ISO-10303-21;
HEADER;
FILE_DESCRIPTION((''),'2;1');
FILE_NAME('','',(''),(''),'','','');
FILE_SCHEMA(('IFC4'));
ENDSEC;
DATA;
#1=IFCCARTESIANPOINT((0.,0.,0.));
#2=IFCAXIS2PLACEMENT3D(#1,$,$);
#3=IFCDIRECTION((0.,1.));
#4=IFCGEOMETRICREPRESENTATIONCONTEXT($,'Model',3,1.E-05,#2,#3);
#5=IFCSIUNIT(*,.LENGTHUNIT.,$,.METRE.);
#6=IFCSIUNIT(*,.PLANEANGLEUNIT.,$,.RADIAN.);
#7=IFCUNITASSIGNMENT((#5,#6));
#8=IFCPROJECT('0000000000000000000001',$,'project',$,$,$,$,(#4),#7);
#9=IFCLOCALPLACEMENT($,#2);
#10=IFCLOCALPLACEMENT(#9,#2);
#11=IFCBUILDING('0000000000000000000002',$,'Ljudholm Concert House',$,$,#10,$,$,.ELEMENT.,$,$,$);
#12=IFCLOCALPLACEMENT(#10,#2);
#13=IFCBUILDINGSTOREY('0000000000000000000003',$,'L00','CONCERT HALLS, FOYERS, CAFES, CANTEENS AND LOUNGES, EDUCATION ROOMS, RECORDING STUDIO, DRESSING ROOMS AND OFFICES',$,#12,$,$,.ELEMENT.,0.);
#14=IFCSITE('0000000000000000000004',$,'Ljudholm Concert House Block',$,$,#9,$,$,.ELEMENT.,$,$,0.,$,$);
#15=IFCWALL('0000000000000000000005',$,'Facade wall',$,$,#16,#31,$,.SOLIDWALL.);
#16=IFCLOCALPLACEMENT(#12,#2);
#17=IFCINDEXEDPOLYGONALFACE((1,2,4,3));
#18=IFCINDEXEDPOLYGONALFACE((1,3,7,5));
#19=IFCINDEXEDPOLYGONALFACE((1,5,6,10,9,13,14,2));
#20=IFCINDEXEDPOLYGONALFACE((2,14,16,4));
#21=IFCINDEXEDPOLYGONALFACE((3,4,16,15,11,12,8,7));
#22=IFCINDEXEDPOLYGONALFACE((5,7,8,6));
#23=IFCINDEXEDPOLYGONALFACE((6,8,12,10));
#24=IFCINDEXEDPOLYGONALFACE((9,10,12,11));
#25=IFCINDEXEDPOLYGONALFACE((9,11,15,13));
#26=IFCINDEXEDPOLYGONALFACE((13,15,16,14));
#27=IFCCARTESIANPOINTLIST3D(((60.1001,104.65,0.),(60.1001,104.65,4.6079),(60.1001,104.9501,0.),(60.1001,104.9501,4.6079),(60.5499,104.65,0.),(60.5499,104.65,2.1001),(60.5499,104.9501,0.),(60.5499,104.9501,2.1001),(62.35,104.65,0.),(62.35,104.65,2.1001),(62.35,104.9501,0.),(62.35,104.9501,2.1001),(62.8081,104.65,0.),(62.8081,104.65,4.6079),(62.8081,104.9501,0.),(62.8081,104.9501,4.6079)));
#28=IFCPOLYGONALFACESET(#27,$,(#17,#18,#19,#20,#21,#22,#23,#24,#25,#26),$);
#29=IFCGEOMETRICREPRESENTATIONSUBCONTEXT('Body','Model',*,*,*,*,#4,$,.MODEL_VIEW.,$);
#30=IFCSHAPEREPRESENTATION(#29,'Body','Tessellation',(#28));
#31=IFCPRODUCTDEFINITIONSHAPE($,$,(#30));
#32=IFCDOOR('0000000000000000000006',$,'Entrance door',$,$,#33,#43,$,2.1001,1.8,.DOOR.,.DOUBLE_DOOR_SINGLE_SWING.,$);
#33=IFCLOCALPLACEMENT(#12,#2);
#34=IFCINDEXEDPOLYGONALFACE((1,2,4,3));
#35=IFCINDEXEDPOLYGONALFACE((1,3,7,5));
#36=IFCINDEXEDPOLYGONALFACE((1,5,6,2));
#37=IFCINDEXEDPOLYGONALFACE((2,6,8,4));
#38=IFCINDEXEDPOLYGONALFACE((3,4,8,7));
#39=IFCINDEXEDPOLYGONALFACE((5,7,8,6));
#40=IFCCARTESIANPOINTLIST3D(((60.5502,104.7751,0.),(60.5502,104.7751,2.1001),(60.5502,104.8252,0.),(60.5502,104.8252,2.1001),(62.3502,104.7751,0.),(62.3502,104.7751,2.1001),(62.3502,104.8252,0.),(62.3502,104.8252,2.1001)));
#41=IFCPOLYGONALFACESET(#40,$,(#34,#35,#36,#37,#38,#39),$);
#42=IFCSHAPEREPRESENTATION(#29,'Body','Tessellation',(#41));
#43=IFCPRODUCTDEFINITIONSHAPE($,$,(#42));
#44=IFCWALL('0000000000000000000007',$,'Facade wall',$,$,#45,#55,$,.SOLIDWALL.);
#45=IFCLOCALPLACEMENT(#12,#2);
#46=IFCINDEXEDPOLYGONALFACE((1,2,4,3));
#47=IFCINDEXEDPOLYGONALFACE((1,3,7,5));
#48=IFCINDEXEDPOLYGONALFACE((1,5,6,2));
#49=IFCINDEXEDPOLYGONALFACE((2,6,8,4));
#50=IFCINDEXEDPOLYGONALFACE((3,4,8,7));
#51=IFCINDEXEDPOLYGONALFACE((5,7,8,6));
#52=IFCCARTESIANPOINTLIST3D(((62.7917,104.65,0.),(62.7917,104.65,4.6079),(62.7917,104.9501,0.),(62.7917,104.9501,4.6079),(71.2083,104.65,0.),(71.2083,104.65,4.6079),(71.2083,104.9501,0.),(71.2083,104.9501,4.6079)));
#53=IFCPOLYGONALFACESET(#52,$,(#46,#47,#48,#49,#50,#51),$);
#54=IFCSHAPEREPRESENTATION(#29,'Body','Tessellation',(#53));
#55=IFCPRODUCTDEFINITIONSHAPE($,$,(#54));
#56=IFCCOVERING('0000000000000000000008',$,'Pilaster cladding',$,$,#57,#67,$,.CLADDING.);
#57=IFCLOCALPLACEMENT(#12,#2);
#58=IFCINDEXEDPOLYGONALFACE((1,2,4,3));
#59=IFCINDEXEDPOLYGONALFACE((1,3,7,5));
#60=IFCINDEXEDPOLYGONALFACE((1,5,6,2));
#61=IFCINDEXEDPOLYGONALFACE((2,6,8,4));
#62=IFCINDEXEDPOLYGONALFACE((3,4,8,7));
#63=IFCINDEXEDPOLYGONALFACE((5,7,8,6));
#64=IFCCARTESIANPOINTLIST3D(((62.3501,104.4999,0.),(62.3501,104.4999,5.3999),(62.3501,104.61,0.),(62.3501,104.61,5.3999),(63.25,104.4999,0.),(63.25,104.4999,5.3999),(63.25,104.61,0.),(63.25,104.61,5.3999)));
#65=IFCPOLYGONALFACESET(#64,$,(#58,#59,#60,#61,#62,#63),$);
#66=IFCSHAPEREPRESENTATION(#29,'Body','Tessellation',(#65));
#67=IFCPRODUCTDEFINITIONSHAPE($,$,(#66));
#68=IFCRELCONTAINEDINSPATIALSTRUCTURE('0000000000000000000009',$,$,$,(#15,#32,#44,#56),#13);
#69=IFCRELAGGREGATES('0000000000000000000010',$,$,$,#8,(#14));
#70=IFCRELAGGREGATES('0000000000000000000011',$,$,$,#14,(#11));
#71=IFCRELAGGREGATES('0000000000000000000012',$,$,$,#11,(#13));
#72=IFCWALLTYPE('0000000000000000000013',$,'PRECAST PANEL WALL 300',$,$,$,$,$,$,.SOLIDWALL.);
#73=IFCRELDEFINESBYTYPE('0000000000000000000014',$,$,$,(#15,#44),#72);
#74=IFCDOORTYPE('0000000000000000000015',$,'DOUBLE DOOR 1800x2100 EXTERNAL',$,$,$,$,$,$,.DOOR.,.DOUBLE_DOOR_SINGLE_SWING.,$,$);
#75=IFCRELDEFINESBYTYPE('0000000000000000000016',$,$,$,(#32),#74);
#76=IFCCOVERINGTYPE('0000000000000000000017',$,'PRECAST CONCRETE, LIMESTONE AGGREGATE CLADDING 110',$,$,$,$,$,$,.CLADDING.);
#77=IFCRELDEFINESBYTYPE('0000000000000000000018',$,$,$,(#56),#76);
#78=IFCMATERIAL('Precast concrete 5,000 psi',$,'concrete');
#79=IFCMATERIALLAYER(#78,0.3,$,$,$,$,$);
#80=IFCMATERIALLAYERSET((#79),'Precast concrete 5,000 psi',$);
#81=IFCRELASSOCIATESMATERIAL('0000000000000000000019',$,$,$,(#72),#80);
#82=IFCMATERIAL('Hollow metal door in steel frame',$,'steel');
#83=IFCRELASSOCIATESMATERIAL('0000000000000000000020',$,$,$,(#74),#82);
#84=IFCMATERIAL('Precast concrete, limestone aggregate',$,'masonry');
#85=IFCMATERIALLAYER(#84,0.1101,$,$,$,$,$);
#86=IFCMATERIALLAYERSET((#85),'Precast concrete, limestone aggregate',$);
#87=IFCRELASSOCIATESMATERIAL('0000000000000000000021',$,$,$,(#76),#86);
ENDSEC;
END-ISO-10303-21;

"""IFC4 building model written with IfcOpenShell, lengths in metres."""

from ifc_helpers import new_model, si_unit, direction, frame, frame_2d, origin, origin_2d, place, context, subcontext, project, spatial, rectangle, extrude, material, layer, layer_set, type_object, element, fill, save


model = new_model("IFC4")

# Units and contexts
model_context = context("Model", 3, precision=1e-05, world=origin(), true_north=direction((0.0, 1.0)))
body_context = subcontext(model_context, "Body", "Model", "MODEL_VIEW")
ifc_project = project(units=[si_unit("LENGTHUNIT", "METRE"), si_unit("PLANEANGLEUNIT", "RADIAN")], contexts=[model_context])

# Site, building, storey
site_placement = place(None, origin())
site = spatial("IfcSite", under=ifc_project, at=site_placement, Name="Ljudholm Concert House Block", CompositionType="ELEMENT", RefElevation=0.0)
building_placement = place(site_placement, origin())
building = spatial("IfcBuilding", under=site, at=building_placement, Name="Ljudholm Concert House", CompositionType="ELEMENT")
storey_placement = place(building_placement, origin())
storey = spatial("IfcBuildingStorey", under=building, at=storey_placement, Name="L00", Description="CONCERT HALLS, FOYERS, CAFES, CANTEENS AND LOUNGES, EDUCATION ROOMS, RECORDING STUDIO, DRESSING ROOMS AND OFFICES", CompositionType="ELEMENT", Elevation=0.0)

# Wall, opening, door
ifc_material_1 = material(Name="Precast concrete 5,000 psi", Category="concrete")
ifc_layer_1 = layer(ifc_material_1, 0.3)
ifc_layer_set_1 = layer_set([ifc_layer_1], Name="Precast concrete 5,000 psi")
wall_type_1 = type_object("IfcWallType", Name="PRECAST PANEL WALL 300", PredefinedType="SOLIDWALL", material=ifc_layer_set_1)
wall_1_placement = place(storey_placement, frame((60.1001, 104.8, 0.0), z_axis=(0.0, 0.0, 1.0), x_axis=(1.0, 0.0, 0.0)))
wall_1 = element("IfcWall", 1, at=wall_1_placement, inside=storey, type_object=wall_type_1, Name="Facade wall", PredefinedType="SOLIDWALL", context=body_context, shape_type="SweptSolid", body=[
    extrude(rectangle(XDim=2.708, YDim=0.3, at=frame_2d((1.354, 0.0))), origin(), (0.0, 0.0, 1.0), 4.6079),
])
opening_placement = place(wall_1_placement, frame((0.45, 0.0, 0.0)))
opening = element("IfcOpeningElement", 2, at=opening_placement, cuts=wall_1, PredefinedType="OPENING", context=body_context, shape_type="SweptSolid", body=[
    extrude(rectangle(XDim=1.8, YDim=2.1001, at=frame_2d((0.8999, 1.05))), frame((0.0, 0.1599, 0.0), z_axis=(0.0, -1.0, 0.0), x_axis=(1.0, 0.0, 0.0)), (0.0, 0.0, 1.0), 0.3201),
])
ifc_material_2 = material(Name="Hollow metal door in steel frame", Category="steel")
door_type = type_object("IfcDoorType", Name="DOUBLE DOOR 1800x2100 EXTERNAL", OperationType="DOUBLE_DOOR_SINGLE_SWING", PredefinedType="DOOR", material=ifc_material_2)
door_placement = place(opening_placement, frame((1.8, 0.0, 0.0), z_axis=(0.0, 0.0, 1.0), x_axis=(-1.0, 0.0, 0.0)))
door = element("IfcDoor", 3, at=door_placement, inside=storey, type_object=door_type, Name="Entrance door", OperationType="DOUBLE_DOOR_SINGLE_SWING", OverallHeight=2.1001, OverallWidth=1.8, PredefinedType="DOOR", context=body_context, shape_type="SweptSolid", body=[
    extrude(rectangle(XDim=1.8, YDim=2.1001, at=frame_2d((0.8999, 1.05))), frame((0.0, 0.0249, 0.0), z_axis=(0.0, -1.0, 0.0), x_axis=(1.0, 0.0, 0.0)), (0.0, 0.0, 1.0), 0.05),
])
fill(opening, door)

# Wall
wall_2_placement = place(storey_placement, frame((62.7917, 104.8, 0.0), z_axis=(0.0, 0.0, 1.0), x_axis=(1.0, 0.0, 0.0)))
element("IfcWall", 4, at=wall_2_placement, inside=storey, type_object=wall_type_1, Name="Facade wall", PredefinedType="SOLIDWALL", context=body_context, shape_type="SweptSolid", body=[
    extrude(rectangle(XDim=8.4165, YDim=0.3, at=frame_2d((4.2083, 0.0))), origin(), (0.0, 0.0, 1.0), 4.6079),
])

# Covering
ifc_material_3 = material(Name="Precast concrete, limestone aggregate", Category="masonry")
ifc_layer_2 = layer(ifc_material_3, 0.1101)
ifc_layer_set_2 = layer_set([ifc_layer_2], Name="Precast concrete, limestone aggregate")
covering_type = type_object("IfcCoveringType", Name="PRECAST CONCRETE, LIMESTONE AGGREGATE CLADDING 110", PredefinedType="CLADDING", material=ifc_layer_set_2)
covering_placement = place(storey_placement, frame((62.8, 104.5549, 0.0), z_axis=(0.0, 0.0, 1.0), x_axis=(0.0, -1.0, 0.0)))
element("IfcCovering", 5, at=covering_placement, inside=storey, type_object=covering_type, Name="Pilaster cladding", PredefinedType="CLADDING", context=body_context, shape_type="SweptSolid", body=[
    extrude(rectangle(XDim=0.1101, YDim=0.8999, at=origin_2d()), origin(), (0.0, 0.0, 1.0), 5.3999),
])

save(model, "model.ifc")
